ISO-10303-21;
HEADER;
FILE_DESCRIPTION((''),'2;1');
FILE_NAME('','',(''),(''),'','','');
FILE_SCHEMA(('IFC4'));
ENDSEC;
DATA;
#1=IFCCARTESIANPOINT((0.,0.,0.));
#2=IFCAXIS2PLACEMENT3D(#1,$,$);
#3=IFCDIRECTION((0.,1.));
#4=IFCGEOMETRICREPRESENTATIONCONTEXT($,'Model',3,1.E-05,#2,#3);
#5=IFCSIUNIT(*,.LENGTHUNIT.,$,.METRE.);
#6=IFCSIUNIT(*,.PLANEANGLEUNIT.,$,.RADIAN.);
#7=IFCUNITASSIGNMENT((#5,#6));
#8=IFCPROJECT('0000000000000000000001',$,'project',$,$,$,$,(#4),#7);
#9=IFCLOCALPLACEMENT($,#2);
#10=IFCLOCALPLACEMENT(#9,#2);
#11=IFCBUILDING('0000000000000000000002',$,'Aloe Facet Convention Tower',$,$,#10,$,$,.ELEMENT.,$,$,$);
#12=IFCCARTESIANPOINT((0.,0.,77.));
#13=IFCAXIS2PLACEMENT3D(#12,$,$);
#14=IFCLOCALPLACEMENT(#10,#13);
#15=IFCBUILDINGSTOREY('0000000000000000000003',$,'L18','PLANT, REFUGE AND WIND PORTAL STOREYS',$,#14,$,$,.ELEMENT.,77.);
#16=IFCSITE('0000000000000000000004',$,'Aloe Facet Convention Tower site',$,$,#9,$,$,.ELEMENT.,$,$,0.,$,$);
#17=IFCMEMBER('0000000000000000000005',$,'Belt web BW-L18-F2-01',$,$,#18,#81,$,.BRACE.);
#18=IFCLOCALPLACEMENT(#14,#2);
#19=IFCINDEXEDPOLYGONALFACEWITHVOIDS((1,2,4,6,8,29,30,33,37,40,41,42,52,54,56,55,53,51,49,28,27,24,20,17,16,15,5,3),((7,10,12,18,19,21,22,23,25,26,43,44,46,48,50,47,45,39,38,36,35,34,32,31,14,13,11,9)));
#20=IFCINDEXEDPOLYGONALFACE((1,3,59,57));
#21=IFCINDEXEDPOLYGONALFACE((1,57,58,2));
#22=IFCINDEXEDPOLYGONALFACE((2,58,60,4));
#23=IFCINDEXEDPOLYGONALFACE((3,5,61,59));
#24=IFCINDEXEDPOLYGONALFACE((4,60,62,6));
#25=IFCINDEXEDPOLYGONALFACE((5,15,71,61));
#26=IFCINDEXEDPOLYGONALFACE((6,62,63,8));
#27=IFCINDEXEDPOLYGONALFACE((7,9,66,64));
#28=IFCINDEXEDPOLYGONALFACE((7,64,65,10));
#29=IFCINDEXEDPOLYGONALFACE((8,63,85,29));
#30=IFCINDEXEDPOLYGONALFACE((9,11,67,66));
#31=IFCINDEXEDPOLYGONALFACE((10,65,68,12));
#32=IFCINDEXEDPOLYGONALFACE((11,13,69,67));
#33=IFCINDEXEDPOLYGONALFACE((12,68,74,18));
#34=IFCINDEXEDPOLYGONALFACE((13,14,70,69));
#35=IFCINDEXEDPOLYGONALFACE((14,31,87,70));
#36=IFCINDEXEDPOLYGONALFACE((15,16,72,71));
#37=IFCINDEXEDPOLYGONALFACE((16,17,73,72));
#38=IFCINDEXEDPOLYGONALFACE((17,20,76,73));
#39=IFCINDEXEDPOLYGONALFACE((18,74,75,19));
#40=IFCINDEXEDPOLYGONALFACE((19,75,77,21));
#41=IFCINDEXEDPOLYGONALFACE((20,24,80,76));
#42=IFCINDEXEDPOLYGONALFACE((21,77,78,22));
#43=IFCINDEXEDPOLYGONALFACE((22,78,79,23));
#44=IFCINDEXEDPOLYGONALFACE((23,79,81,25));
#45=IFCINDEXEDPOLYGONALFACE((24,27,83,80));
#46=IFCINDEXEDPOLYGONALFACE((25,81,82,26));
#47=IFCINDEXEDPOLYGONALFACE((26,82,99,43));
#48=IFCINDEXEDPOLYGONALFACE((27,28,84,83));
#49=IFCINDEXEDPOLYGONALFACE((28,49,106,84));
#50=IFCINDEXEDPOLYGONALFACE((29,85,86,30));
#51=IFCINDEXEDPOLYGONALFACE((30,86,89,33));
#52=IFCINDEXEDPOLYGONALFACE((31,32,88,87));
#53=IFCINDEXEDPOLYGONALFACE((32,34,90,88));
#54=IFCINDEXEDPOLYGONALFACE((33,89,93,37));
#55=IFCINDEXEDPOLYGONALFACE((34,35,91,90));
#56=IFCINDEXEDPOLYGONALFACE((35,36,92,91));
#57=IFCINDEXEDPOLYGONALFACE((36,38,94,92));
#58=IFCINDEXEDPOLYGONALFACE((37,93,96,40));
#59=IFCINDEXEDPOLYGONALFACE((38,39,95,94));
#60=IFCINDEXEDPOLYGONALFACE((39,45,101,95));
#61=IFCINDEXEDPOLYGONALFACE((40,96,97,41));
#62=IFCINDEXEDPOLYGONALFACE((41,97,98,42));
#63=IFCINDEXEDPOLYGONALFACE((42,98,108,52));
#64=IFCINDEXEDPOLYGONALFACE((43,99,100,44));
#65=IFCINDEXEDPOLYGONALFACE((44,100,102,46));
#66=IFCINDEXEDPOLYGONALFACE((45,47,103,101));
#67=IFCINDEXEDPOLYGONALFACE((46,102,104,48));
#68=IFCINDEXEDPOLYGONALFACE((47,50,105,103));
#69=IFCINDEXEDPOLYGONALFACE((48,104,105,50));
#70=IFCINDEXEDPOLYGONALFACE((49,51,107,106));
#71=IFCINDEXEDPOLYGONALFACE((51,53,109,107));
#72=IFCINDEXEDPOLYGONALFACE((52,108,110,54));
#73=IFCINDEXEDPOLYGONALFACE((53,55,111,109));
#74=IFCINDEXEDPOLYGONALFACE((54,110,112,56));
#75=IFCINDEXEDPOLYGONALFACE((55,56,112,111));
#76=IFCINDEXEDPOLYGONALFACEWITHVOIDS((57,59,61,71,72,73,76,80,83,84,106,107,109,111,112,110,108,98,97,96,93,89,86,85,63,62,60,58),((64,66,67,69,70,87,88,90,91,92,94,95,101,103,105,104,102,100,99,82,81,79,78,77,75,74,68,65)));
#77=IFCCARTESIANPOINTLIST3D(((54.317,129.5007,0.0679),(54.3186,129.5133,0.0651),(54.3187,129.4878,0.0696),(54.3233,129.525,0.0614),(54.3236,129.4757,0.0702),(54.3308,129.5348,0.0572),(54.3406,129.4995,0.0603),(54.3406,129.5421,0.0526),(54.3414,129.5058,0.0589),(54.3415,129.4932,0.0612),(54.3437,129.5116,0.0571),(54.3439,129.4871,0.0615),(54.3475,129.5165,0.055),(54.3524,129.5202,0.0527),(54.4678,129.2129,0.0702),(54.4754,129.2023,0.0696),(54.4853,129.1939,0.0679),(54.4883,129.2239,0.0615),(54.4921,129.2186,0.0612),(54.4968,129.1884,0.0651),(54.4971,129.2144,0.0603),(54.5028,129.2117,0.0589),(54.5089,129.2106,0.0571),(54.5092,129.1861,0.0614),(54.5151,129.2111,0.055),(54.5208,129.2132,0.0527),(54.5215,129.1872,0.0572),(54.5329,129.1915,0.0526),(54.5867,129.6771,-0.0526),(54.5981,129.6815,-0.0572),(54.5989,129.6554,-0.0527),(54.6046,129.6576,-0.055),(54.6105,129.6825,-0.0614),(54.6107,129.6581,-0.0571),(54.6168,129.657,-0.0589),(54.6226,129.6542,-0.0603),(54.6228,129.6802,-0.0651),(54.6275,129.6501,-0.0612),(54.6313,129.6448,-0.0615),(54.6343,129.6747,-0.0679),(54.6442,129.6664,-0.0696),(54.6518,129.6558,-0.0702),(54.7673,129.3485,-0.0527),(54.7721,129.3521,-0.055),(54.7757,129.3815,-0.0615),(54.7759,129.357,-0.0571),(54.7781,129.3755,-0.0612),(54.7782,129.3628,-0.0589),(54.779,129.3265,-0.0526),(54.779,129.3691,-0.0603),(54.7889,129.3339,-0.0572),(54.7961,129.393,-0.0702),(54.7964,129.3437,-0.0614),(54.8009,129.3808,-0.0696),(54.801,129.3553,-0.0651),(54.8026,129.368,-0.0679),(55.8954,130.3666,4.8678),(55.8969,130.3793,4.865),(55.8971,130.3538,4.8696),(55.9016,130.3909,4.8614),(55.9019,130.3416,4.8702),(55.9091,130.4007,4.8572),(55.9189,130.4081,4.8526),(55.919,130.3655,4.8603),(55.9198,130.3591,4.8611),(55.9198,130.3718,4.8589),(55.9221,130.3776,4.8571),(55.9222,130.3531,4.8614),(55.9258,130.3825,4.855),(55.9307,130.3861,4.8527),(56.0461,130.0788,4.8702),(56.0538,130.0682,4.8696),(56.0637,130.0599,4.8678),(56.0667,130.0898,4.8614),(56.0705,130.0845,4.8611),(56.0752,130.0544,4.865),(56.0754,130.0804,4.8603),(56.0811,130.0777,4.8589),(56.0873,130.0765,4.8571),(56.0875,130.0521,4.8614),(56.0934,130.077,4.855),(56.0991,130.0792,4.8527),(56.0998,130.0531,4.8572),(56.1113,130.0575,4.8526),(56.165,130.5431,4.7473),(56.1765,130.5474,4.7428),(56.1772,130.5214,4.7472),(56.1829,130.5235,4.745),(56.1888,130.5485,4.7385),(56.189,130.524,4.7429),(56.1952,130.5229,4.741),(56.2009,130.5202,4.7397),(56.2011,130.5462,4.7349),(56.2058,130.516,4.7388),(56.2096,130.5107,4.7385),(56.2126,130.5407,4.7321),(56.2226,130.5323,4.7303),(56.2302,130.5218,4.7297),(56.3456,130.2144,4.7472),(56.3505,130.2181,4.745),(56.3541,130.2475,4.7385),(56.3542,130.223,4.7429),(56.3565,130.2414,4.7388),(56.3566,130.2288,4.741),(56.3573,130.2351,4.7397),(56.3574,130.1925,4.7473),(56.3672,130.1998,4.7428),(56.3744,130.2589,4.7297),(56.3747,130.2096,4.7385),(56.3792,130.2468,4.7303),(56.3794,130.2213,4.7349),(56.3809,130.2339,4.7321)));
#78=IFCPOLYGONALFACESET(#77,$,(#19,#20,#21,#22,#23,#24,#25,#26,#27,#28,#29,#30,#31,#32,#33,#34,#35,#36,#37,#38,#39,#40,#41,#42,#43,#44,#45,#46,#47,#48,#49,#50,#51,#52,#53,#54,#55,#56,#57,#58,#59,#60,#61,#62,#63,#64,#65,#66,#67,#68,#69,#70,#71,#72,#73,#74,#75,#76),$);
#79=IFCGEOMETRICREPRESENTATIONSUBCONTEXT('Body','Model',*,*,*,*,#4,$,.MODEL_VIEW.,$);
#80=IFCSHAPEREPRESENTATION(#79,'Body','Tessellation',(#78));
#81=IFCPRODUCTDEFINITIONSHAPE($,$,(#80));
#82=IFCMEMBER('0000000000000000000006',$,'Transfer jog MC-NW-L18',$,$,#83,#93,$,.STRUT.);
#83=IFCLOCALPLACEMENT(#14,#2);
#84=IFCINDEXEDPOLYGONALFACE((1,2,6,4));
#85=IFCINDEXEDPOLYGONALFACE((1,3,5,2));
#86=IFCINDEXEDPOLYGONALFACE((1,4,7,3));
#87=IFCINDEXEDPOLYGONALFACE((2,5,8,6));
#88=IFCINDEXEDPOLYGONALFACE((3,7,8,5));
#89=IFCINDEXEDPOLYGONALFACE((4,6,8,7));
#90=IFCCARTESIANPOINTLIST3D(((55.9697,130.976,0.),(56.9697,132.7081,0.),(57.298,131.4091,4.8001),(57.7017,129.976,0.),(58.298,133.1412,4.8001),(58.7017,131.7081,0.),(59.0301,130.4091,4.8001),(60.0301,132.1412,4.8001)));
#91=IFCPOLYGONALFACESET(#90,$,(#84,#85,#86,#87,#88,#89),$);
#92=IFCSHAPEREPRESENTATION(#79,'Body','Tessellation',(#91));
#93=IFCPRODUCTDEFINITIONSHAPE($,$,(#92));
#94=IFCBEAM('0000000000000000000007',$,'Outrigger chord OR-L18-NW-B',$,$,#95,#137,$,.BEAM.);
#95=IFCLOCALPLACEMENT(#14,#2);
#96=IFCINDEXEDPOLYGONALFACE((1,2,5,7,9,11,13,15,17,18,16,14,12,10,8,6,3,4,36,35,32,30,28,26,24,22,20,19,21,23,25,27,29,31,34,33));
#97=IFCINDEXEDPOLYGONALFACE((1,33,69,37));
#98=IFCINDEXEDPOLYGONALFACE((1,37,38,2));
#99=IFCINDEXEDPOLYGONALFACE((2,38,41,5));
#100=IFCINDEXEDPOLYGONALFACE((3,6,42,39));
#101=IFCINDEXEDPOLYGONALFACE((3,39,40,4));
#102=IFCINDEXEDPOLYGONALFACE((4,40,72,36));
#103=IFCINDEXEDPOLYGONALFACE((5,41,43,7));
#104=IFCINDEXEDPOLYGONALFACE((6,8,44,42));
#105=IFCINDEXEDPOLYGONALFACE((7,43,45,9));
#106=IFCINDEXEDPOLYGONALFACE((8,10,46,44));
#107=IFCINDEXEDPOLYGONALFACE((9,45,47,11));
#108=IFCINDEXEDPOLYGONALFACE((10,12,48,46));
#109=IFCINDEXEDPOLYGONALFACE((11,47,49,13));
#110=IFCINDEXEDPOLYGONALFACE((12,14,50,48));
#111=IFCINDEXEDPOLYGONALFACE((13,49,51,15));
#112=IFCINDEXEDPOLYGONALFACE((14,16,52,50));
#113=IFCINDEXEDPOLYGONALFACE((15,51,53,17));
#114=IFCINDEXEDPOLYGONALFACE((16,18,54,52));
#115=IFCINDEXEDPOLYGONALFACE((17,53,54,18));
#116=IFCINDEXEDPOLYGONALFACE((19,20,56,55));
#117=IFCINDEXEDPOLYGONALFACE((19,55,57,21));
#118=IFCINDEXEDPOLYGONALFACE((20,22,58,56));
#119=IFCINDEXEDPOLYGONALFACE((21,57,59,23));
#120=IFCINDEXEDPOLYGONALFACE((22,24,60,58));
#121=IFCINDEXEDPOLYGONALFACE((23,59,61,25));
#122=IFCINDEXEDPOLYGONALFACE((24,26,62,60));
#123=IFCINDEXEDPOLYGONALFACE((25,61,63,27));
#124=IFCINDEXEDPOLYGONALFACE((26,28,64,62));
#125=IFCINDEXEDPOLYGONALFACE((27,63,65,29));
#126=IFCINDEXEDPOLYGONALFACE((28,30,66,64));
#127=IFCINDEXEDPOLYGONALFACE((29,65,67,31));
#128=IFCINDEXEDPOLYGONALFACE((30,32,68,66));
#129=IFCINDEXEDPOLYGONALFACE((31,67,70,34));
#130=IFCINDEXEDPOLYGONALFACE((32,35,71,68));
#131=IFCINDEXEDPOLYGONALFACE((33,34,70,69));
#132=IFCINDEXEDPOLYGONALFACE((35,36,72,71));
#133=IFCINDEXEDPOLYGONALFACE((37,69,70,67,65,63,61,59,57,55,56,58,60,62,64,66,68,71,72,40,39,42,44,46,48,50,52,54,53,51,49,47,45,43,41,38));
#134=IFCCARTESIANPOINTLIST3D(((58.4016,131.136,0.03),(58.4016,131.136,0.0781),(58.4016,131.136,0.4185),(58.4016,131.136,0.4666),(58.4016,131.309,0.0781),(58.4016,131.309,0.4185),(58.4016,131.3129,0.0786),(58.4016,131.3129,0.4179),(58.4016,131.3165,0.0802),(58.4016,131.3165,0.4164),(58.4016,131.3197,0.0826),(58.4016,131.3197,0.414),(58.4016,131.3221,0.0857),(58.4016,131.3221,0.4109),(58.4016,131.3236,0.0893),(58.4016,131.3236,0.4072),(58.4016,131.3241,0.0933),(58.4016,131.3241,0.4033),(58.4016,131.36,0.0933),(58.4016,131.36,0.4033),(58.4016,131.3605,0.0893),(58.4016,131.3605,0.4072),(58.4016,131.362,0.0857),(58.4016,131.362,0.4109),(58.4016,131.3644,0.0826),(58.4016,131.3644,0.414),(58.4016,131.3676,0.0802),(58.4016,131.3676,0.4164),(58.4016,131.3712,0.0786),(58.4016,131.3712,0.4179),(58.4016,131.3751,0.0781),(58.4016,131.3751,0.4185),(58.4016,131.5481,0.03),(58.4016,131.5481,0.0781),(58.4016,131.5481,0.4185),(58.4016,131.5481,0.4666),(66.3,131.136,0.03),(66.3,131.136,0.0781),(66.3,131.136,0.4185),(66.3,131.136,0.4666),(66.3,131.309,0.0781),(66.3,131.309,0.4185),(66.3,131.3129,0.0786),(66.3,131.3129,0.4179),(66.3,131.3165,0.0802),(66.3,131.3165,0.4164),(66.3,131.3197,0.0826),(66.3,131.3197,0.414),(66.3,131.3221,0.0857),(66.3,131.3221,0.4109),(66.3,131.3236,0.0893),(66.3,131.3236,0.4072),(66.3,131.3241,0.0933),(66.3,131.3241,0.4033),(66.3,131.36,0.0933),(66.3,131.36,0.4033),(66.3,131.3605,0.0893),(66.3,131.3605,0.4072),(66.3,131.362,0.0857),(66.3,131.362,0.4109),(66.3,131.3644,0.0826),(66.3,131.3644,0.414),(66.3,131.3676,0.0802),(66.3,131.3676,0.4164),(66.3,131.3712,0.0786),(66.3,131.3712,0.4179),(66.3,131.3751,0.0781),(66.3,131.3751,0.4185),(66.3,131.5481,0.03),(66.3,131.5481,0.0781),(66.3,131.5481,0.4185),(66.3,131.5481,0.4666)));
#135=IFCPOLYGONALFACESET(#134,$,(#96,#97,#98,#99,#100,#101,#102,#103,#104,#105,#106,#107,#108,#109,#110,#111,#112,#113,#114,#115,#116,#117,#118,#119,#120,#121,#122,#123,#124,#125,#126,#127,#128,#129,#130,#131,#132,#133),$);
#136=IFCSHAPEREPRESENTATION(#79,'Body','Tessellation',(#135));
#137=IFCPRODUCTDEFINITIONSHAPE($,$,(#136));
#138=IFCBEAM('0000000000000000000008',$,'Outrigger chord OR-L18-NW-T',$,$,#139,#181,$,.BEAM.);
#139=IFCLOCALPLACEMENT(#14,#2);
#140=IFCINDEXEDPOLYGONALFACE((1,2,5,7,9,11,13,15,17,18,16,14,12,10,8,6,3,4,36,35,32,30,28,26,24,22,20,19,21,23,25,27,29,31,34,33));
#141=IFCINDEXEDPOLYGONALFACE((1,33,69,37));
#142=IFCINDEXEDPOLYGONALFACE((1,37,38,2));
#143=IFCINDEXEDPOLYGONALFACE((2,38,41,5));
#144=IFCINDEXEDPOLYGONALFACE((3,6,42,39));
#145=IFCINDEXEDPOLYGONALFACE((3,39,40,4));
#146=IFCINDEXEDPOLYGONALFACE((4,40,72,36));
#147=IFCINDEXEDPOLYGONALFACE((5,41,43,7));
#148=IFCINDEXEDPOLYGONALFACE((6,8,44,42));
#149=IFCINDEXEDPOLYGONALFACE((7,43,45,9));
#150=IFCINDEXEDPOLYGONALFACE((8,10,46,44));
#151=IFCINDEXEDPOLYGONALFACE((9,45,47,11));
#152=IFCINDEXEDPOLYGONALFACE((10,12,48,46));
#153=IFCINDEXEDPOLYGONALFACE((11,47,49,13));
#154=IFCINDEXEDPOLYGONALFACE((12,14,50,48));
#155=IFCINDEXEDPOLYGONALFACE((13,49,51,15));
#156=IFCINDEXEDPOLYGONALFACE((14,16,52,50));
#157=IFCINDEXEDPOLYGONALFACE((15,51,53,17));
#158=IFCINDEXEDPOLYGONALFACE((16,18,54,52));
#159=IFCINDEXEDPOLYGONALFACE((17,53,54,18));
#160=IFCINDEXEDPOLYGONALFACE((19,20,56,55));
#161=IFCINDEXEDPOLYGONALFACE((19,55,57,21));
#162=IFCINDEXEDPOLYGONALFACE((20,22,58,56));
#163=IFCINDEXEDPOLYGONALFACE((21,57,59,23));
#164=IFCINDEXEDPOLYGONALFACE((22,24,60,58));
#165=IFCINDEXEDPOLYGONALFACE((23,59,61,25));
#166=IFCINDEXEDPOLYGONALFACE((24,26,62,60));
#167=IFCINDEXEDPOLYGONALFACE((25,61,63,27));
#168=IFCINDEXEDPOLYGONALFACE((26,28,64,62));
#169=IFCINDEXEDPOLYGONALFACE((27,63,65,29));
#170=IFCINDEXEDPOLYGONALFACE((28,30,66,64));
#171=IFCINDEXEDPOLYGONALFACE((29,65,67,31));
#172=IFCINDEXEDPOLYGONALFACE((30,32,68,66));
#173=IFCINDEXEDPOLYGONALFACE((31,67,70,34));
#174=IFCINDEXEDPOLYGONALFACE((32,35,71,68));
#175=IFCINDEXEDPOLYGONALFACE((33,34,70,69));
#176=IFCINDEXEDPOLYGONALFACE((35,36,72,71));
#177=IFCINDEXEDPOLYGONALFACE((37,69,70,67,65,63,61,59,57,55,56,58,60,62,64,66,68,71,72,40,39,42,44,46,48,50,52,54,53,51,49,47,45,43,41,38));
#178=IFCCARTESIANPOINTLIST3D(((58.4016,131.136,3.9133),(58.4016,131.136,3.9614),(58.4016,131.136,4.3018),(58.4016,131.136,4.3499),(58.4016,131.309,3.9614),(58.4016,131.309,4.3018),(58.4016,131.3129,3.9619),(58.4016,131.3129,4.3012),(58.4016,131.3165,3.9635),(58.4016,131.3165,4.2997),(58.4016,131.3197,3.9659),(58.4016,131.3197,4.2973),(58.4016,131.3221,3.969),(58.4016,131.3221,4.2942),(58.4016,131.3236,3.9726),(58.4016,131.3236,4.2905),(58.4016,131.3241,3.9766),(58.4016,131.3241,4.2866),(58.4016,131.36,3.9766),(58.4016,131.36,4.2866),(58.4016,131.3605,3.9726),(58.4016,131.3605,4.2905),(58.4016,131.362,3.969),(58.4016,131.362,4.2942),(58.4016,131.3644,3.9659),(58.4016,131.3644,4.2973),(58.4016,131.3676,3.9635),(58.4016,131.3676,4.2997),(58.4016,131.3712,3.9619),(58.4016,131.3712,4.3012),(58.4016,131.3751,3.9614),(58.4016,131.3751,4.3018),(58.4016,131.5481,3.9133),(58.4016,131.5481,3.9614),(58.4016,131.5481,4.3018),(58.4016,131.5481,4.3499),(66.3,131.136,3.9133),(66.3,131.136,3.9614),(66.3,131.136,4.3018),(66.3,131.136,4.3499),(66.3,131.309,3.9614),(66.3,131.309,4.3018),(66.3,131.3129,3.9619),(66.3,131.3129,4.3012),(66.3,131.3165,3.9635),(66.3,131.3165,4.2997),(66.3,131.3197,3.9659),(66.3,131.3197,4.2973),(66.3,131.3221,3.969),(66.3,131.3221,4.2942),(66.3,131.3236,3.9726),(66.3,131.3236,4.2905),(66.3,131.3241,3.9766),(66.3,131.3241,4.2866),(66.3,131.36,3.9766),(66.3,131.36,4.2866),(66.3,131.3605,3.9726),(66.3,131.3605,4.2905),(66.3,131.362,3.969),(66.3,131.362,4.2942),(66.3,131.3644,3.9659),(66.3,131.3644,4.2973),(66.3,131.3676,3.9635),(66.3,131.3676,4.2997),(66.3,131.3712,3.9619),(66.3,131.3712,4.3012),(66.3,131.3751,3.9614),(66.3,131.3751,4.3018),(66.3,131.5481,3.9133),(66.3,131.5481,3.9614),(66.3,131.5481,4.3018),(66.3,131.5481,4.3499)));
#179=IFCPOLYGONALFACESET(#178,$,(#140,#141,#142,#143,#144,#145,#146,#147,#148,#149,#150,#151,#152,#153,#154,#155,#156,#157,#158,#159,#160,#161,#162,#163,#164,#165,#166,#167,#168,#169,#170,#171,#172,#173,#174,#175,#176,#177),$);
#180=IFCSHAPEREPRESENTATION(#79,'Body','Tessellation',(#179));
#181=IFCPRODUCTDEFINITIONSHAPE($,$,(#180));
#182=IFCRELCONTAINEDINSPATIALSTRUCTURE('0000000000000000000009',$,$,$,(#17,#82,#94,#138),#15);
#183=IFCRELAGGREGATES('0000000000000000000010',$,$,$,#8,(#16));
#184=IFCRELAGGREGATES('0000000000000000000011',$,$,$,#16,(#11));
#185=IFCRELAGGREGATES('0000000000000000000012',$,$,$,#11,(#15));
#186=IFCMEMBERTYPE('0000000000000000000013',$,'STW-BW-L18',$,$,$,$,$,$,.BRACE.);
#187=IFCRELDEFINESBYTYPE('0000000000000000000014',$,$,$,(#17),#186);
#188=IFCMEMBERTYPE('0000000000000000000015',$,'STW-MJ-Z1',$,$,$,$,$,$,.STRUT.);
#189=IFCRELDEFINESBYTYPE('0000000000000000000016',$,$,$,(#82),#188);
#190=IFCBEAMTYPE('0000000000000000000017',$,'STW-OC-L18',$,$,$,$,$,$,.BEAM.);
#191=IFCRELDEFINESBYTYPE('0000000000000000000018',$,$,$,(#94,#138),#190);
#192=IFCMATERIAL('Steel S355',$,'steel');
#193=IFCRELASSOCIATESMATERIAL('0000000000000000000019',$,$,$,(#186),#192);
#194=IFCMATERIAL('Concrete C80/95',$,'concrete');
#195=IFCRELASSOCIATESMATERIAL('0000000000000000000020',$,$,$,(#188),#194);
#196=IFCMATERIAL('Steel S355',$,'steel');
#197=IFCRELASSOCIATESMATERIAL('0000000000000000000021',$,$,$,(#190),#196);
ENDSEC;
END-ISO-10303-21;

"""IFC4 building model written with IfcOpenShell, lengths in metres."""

from ifc_helpers import new_model, si_unit, direction, frame, origin, origin_2d, place, context, subcontext, project, spatial, rectangle, hollow_rectangle, i_section, extrude, material, material_profile, profile_set, type_object, element, save


model = new_model("IFC4")

# Units and contexts
model_context = context("Model", 3, precision=1e-05, world=origin(), true_north=direction((0.0, 1.0)))
body_context = subcontext(model_context, "Body", "Model", "MODEL_VIEW")
ifc_project = project(units=[si_unit("LENGTHUNIT", "METRE"), si_unit("PLANEANGLEUNIT", "RADIAN")], contexts=[model_context])

# Site, building, storey
site_placement = place(None, origin())
site = spatial("IfcSite", under=ifc_project, at=site_placement, Name="Aloe Facet Convention Tower site", CompositionType="ELEMENT", RefElevation=0.0)
building_placement = place(site_placement, origin())
building = spatial("IfcBuilding", under=site, at=building_placement, Name="Aloe Facet Convention Tower", CompositionType="ELEMENT")
storey_placement = place(building_placement, frame((0.0, 0.0, 77.0)))
storey = spatial("IfcBuildingStorey", under=building, at=storey_placement, Name="L18", Description="PLANT, REFUGE AND WIND PORTAL STOREYS", CompositionType="ELEMENT", Elevation=77.0)

# Members
ifc_material_1 = material(Name="Steel S355", Category="steel")
ifc_material_profile_1 = material_profile(ifc_material_1, hollow_rectangle(XDim=0.3999, YDim=0.3999, WallThickness=0.0249, InnerFilletRadius=0.0249, OuterFilletRadius=0.05, at=origin_2d()), Name="SHS 400x400x25")
ifc_profile_set_1 = profile_set([ifc_material_profile_1], Name="Steel S355")
member_type_1 = type_object("IfcMemberType", Name="STW-BW-L18", PredefinedType="BRACE", material=ifc_profile_set_1)
member_1_placement = place(storey_placement, frame((54.5598, 129.4343, 0.0), z_axis=(0.307881, 0.168918, 0.93631), x_axis=(-0.481007, 0.876716, 0.0)))
element("IfcMember", 1, at=member_1_placement, inside=storey, type_object=member_type_1, Name="Belt web BW-L18-F2-01", PredefinedType="BRACE", context=body_context, shape_type="SweptSolid", body=[
    extrude(hollow_rectangle(XDim=0.3999, YDim=0.3999, WallThickness=0.0249, InnerFilletRadius=0.0249, OuterFilletRadius=0.05, at=origin_2d()), origin(), (0.0, 0.0, 1.0), 5.1265),
])
ifc_material_2 = material(Name="Concrete C80/95", Category="concrete")
ifc_material_profile_2 = material_profile(ifc_material_2, rectangle(XDim=2.0, YDim=2.0, at=origin_2d()), Name="STW-MJ-Z1")
ifc_profile_set_2 = profile_set([ifc_material_profile_2], Name="Concrete C80/95")
member_type_2 = type_object("IfcMemberType", Name="STW-MJ-Z1", PredefinedType="STRUT", material=ifc_profile_set_2)
member_2_placement = place(storey_placement, frame((57.3357, 131.342, 0.0), z_axis=(0.0, 0.0, 1.0), x_axis=(-0.5, -0.866025, 0.0)))
element("IfcMember", 2, at=member_2_placement, inside=storey, type_object=member_type_2, Name="Transfer jog MC-NW-L18", PredefinedType="STRUT", context=body_context, shape_type="SweptSolid", body=[
    extrude(rectangle(XDim=2.0, YDim=2.0, at=origin_2d()), origin(), (-0.207884, 0.186797, 0.960152), 4.9993),
])

# Beams
ifc_material_3 = material(Name="Steel S355", Category="steel")
ifc_material_profile_3 = material_profile(ifc_material_3, i_section(OverallWidth=0.4121, OverallDepth=0.4365, WebThickness=0.0359, FlangeThickness=0.0481, FilletRadius=0.0151, at=origin_2d()), Name="UC 356x406x467")
ifc_profile_set_3 = profile_set([ifc_material_profile_3], Name="Steel S355")
beam_type_1 = type_object("IfcBeamType", Name="STW-OC-L18", PredefinedType="BEAM", material=ifc_profile_set_3)
for number, where, z_axis, x_axis, name in (
    (3, (66.3, 131.342, 0.2483), (-1.0, 0.0, 0.0), (0.0, -1.0, 0.0), "Outrigger chord OR-L18-NW-B"),
    (4, (66.3, 131.342, 4.1316), (-1.0, 0.0, 0.0), (0.0, -1.0, 0.0), "Outrigger chord OR-L18-NW-T"),
):
    element("IfcBeam", number, at=place(storey_placement, frame(where, z_axis=z_axis, x_axis=x_axis)), inside=storey, type_object=beam_type_1, Name=name, PredefinedType="BEAM", context=body_context, shape_type="SweptSolid", body=[
        extrude(i_section(OverallWidth=0.4121, OverallDepth=0.4365, WebThickness=0.0359, FlangeThickness=0.0481, FilletRadius=0.0151, at=origin_2d()), origin(), (0.0, 0.0, 1.0), 7.8984),
    ])

save(model, "model.ifc")
